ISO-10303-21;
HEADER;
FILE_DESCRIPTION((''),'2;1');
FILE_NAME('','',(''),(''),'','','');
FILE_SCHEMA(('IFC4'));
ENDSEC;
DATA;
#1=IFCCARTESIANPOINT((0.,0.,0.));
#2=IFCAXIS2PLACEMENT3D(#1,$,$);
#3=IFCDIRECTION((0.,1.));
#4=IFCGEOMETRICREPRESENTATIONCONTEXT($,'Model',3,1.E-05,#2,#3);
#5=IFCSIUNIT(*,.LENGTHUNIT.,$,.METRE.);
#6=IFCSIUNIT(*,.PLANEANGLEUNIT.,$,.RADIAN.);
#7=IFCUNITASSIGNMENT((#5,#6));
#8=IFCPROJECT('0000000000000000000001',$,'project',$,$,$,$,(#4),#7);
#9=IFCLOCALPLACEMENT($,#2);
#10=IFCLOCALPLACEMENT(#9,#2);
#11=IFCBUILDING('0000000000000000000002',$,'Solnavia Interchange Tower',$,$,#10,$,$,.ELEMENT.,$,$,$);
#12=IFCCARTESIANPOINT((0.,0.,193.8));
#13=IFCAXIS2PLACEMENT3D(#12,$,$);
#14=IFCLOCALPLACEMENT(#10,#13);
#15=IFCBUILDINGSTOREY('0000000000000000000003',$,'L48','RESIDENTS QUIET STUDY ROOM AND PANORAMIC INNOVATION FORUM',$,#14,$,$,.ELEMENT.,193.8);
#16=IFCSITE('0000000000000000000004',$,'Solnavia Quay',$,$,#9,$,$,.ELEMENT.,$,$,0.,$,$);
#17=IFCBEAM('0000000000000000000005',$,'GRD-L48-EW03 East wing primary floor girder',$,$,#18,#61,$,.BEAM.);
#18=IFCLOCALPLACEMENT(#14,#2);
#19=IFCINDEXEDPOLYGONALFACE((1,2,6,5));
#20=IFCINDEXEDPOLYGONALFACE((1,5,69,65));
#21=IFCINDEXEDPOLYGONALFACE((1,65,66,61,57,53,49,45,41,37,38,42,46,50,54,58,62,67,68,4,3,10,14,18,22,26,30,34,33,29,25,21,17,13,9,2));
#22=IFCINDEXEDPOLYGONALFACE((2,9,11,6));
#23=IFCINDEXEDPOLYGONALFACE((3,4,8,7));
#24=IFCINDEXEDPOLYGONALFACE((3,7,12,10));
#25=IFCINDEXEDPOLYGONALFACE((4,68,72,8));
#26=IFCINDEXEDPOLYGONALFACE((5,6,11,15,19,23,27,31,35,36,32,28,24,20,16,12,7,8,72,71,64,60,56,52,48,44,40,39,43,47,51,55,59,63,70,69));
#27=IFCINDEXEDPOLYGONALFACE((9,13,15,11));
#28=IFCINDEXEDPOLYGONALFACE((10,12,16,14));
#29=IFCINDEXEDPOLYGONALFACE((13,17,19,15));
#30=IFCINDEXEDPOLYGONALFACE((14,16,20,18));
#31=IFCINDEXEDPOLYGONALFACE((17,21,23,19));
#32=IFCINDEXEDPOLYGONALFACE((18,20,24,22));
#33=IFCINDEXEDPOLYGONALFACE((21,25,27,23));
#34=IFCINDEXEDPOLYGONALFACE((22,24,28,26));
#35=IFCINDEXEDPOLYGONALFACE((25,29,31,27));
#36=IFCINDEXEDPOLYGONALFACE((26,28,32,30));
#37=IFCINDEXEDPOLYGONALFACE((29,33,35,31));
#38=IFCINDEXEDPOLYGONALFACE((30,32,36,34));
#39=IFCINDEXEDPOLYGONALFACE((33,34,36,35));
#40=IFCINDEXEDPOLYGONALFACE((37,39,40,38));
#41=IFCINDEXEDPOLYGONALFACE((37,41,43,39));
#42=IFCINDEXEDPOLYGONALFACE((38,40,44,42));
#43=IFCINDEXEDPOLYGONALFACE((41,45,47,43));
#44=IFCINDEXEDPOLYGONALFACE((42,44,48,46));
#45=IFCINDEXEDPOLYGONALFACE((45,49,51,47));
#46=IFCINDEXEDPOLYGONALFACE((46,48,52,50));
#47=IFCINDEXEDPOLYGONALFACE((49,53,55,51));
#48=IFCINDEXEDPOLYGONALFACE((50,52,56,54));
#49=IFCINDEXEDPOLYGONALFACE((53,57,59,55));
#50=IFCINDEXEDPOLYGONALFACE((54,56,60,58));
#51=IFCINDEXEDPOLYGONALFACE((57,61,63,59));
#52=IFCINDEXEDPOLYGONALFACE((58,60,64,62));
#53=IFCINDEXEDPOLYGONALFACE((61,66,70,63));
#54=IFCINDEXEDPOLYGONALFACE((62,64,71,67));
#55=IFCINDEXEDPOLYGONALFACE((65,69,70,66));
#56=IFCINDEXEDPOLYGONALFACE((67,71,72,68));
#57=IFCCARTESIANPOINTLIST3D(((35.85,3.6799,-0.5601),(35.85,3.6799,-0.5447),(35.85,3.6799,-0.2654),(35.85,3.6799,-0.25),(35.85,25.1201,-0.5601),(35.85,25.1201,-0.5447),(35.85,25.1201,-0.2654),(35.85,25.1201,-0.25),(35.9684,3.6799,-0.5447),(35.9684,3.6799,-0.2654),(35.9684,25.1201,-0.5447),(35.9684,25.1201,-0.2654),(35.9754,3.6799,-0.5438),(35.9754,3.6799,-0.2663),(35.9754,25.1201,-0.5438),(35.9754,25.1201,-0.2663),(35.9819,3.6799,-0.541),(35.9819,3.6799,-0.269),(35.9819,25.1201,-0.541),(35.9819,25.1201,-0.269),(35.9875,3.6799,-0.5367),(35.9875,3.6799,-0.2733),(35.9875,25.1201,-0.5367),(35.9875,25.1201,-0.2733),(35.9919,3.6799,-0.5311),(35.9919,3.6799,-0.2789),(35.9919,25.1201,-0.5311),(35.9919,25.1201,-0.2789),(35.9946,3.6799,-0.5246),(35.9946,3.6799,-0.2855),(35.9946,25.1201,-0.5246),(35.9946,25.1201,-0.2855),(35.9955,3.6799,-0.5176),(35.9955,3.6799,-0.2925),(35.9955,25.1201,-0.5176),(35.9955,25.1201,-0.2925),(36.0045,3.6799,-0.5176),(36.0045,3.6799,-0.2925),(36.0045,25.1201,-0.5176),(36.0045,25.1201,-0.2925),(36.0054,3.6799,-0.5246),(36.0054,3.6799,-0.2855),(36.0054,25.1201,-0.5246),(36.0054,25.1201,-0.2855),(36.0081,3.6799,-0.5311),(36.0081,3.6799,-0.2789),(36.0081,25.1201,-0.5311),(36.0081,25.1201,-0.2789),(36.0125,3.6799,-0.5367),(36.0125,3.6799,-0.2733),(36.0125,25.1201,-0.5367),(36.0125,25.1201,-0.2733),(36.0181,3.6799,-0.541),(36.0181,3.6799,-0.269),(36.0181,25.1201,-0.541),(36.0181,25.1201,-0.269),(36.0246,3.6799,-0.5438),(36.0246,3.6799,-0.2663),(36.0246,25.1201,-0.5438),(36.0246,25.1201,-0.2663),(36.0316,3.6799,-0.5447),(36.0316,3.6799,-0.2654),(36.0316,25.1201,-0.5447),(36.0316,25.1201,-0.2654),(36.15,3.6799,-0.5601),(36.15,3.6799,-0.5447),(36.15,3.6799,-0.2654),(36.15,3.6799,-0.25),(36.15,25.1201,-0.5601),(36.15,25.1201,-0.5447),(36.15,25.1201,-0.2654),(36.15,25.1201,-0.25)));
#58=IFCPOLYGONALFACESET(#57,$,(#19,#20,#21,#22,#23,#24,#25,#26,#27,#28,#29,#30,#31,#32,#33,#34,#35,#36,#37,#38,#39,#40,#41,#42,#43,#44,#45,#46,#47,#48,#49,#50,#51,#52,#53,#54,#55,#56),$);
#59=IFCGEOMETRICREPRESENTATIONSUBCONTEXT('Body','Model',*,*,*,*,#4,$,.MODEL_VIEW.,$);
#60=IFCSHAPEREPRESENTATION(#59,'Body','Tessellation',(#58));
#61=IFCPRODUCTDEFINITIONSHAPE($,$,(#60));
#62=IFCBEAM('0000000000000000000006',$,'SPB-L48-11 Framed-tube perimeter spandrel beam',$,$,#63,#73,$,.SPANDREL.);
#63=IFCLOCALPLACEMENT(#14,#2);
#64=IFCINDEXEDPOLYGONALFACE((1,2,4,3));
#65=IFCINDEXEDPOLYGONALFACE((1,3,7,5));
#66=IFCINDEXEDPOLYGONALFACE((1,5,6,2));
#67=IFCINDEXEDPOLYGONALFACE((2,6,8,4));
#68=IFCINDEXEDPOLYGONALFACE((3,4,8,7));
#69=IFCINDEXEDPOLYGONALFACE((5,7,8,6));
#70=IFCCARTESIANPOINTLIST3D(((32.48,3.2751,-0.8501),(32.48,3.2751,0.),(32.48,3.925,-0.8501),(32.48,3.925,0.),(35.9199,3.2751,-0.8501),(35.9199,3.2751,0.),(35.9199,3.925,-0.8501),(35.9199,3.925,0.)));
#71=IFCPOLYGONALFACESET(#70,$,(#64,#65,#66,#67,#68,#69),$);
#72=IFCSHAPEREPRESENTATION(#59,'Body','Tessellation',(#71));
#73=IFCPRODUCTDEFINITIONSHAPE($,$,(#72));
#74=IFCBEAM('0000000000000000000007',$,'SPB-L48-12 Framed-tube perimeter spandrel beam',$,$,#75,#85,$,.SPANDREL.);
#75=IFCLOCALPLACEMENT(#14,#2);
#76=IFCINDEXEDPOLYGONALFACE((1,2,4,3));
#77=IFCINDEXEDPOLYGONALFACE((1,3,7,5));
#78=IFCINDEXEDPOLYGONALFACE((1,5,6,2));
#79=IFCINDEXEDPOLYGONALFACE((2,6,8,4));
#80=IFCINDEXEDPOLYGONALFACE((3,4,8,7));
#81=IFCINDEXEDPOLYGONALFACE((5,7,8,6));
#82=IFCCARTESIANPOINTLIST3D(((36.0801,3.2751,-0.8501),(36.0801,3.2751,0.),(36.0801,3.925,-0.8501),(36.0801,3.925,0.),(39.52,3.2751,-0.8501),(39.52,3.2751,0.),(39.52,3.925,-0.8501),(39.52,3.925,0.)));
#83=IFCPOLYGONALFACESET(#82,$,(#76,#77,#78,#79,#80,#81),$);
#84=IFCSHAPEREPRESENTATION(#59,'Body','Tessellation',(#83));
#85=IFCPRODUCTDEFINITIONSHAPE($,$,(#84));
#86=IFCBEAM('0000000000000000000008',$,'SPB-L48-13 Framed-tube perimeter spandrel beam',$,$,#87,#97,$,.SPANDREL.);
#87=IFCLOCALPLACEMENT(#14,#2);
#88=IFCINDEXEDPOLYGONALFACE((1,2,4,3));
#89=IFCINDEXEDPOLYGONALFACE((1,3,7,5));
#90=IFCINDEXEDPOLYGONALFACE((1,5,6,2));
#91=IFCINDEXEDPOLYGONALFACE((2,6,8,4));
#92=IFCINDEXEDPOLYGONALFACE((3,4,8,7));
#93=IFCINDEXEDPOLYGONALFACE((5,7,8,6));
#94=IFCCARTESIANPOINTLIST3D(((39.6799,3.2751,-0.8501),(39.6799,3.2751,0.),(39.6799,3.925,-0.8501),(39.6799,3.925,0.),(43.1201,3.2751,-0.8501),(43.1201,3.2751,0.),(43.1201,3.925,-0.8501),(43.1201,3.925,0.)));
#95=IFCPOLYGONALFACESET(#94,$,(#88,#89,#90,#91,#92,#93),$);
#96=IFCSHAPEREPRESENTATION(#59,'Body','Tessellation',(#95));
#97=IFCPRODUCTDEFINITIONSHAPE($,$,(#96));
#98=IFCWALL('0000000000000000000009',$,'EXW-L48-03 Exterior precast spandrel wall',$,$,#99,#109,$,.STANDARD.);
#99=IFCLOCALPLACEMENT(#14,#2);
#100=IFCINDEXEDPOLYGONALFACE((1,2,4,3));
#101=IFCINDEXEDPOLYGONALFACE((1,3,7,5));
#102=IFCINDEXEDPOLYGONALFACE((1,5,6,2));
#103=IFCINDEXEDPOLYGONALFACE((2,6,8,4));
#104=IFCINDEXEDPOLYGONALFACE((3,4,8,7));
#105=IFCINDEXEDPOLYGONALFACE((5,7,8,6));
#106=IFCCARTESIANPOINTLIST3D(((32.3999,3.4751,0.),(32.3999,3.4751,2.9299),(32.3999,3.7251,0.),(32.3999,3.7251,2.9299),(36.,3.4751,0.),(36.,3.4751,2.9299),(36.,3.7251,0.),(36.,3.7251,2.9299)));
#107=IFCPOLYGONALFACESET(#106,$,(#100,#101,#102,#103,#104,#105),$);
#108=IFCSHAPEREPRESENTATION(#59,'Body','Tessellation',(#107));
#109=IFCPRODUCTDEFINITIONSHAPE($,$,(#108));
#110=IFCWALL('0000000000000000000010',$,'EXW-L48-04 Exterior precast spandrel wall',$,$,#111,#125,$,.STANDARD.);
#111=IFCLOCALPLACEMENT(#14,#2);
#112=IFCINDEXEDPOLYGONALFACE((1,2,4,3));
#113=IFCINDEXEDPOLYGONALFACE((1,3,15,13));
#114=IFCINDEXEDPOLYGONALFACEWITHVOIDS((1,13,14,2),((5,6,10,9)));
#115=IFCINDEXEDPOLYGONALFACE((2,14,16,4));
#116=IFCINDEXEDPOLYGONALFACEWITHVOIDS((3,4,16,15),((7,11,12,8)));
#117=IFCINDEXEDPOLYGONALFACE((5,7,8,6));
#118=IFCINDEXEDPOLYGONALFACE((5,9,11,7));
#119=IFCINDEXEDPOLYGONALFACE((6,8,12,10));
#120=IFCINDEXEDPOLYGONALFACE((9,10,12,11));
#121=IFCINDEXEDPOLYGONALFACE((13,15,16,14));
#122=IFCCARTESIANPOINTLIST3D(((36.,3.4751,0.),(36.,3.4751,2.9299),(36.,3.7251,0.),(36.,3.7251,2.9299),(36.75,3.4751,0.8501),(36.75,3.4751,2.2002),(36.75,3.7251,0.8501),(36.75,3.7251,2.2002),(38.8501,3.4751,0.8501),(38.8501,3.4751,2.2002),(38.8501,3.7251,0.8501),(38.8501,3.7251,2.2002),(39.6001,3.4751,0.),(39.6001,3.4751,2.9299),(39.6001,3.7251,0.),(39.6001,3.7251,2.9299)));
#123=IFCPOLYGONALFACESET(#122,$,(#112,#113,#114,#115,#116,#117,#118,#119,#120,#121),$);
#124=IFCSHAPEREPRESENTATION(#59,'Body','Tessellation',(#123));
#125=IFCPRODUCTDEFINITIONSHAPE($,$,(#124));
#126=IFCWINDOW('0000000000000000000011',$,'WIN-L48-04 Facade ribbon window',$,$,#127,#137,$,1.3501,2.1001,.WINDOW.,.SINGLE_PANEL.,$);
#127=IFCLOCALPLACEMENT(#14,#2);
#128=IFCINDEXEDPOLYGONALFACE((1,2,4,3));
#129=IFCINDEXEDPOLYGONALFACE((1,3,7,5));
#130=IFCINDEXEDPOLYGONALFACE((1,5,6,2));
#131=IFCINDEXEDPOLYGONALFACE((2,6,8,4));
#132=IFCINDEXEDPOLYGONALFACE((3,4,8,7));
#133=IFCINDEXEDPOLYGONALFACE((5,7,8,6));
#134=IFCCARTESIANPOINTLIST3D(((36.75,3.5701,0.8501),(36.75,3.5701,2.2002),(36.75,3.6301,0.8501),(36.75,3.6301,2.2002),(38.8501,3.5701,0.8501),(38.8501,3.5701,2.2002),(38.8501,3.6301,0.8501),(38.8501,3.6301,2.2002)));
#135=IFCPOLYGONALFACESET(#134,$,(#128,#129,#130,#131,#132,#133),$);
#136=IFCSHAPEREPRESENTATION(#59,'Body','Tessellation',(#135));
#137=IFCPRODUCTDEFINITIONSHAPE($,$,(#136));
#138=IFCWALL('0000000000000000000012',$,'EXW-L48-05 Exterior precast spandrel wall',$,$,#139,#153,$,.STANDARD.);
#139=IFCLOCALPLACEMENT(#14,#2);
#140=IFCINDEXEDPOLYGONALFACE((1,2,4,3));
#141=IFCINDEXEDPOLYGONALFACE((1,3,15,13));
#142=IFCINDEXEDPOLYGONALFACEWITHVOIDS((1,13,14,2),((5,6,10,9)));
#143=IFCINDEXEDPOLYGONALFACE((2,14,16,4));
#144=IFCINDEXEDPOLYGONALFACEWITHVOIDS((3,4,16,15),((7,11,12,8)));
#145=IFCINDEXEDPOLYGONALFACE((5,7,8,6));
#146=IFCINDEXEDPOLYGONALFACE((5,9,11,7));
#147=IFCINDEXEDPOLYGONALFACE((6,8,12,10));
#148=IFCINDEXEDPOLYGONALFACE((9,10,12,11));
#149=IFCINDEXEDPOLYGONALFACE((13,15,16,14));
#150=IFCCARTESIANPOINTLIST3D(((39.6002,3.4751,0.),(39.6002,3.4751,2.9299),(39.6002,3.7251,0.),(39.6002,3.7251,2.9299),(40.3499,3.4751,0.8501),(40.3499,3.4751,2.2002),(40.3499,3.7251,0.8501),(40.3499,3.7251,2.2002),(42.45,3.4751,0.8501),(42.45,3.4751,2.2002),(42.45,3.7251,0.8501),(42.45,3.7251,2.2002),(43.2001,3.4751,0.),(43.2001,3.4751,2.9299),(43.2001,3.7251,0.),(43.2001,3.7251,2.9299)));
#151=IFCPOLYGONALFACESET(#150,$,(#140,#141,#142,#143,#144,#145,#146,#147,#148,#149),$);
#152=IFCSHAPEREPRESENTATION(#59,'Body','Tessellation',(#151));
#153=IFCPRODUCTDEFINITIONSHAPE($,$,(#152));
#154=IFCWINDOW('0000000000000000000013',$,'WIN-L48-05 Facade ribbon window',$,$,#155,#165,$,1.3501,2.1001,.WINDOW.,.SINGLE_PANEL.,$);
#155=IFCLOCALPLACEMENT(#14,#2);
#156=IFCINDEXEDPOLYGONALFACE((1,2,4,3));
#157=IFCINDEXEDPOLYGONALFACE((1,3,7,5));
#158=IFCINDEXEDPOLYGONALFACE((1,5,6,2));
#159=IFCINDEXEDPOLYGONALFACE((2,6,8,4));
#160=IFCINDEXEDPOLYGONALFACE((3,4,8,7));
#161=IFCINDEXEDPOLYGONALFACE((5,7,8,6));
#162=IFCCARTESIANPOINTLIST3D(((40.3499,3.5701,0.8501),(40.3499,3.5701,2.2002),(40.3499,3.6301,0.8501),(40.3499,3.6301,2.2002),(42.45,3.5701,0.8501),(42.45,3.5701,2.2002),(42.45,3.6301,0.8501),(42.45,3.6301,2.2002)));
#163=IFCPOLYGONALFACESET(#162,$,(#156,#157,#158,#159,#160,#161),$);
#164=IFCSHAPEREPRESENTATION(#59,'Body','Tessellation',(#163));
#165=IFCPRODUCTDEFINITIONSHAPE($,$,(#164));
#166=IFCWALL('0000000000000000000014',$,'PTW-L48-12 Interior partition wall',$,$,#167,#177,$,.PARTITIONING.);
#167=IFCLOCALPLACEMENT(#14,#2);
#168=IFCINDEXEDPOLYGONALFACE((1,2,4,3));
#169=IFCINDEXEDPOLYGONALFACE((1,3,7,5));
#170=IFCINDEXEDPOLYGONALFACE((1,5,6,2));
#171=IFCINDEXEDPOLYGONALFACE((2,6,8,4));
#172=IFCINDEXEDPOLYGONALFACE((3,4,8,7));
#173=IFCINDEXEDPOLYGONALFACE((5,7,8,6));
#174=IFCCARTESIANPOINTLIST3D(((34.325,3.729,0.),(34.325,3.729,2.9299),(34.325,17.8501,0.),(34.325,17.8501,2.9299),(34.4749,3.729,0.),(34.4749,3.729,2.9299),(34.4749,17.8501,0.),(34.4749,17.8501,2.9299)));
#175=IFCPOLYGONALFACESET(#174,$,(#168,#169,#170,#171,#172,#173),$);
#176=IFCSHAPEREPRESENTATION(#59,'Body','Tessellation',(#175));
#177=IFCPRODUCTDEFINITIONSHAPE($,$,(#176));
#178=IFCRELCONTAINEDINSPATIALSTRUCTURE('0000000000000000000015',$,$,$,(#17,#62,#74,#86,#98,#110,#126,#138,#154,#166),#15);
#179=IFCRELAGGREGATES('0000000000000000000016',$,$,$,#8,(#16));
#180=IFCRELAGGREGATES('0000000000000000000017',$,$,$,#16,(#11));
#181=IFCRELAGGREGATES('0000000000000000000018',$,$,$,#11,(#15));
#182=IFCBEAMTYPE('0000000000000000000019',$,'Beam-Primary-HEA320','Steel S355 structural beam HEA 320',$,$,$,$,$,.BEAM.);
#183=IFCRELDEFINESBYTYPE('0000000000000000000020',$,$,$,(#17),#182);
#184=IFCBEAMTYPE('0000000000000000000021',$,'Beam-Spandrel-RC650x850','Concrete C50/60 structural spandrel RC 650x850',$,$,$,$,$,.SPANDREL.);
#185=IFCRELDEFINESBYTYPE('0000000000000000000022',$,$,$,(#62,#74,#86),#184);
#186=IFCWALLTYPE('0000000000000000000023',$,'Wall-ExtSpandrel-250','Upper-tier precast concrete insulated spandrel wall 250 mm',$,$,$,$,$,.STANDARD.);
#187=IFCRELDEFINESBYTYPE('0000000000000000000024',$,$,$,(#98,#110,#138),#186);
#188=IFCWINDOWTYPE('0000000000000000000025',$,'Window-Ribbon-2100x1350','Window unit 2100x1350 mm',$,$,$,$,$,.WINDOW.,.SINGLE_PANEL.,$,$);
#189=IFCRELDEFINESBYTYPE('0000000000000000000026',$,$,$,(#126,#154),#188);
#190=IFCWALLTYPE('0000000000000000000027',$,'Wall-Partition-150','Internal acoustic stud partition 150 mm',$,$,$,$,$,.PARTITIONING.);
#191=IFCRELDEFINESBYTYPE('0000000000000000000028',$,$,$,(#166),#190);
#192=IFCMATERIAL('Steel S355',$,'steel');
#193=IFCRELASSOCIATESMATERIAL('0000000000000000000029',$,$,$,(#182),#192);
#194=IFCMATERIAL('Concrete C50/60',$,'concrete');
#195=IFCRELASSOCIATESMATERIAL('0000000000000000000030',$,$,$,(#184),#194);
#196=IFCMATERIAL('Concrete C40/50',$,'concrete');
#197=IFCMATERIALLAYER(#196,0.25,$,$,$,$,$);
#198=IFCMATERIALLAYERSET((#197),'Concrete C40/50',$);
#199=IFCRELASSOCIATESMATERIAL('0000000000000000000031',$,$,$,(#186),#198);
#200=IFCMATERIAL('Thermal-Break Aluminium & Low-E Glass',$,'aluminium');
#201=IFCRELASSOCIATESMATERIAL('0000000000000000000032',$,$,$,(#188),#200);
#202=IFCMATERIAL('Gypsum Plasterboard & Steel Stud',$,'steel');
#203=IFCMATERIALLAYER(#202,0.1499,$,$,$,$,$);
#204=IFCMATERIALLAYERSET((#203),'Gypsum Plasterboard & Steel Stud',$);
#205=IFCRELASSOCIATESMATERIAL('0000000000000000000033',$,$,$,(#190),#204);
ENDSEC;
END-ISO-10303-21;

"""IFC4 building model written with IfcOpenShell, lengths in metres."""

from ifc_helpers import new_model, si_unit, direction, frame, frame_2d, origin, origin_2d, place, context, subcontext, project, spatial, rectangle, i_section, extrude, material, layer, layer_set, material_profile, profile_set, type_object, element, fill, save


model = new_model("IFC4")

# Units and contexts
model_context = context("Model", 3, precision=1e-05, world=origin(), true_north=direction((0.0, 1.0)))
body_context = subcontext(model_context, "Body", "Model", "MODEL_VIEW")
ifc_project = project(units=[si_unit("LENGTHUNIT", "METRE"), si_unit("PLANEANGLEUNIT", "RADIAN")], contexts=[model_context])

# Site, building, storey
site_placement = place(None, origin())
site = spatial("IfcSite", under=ifc_project, at=site_placement, Name="Solnavia Quay", CompositionType="ELEMENT", RefElevation=0.0)
building_placement = place(site_placement, origin())
building = spatial("IfcBuilding", under=site, at=building_placement, Name="Solnavia Interchange Tower", CompositionType="ELEMENT")
storey_placement = place(building_placement, frame((0.0, 0.0, 193.8)))
storey = spatial("IfcBuildingStorey", under=building, at=storey_placement, Name="L48", Description="RESIDENTS QUIET STUDY ROOM AND PANORAMIC INNOVATION FORUM", CompositionType="ELEMENT", Elevation=193.8)

# Shared definitions
ifc_material_1 = material(Name="Concrete C50/60", Category="concrete")
ifc_material_2 = material(Name="Steel S355", Category="steel")

# Beams
ifc_material_profile_1 = material_profile(ifc_material_2, i_section(OverallWidth=0.3, OverallDepth=0.3101, WebThickness=0.009, FlangeThickness=0.0154, FilletRadius=0.0271, at=origin_2d()), Name="HEA 320")
ifc_profile_set_1 = profile_set([ifc_material_profile_1], Name="Steel S355")
beam_type_1 = type_object("IfcBeamType", Name="Beam-Primary-HEA320", Description="Steel S355 structural beam HEA 320", PredefinedType="BEAM", material=ifc_profile_set_1)
beam_1_placement = place(storey_placement, frame((36.0, 3.6799, -0.405), z_axis=(0.0, 1.0, 0.0), x_axis=(-1.0, 0.0, 0.0)))
element("IfcBeam", 1, at=beam_1_placement, inside=storey, type_object=beam_type_1, Name="GRD-L48-EW03 East wing primary floor girder", PredefinedType="BEAM", context=body_context, shape_type="SweptSolid", body=[
    extrude(i_section(OverallWidth=0.3, OverallDepth=0.3101, WebThickness=0.009, FlangeThickness=0.0154, FilletRadius=0.0271, at=origin_2d()), origin(), (0.0, 0.0, 1.0), 21.4402),
])
ifc_material_profile_2 = material_profile(ifc_material_1, rectangle(XDim=0.6499, YDim=0.8501, at=origin_2d()), Name="RC 650x850")
ifc_profile_set_2 = profile_set([ifc_material_profile_2], Name="Concrete C50/60")
beam_type_2 = type_object("IfcBeamType", Name="Beam-Spandrel-RC650x850", Description="Concrete C50/60 structural spandrel RC 650x850", PredefinedType="SPANDREL", material=ifc_profile_set_2)
for number, where, z_axis, x_axis, name in (
    (2, (32.48, 3.6001, -0.425), (1.0, 0.0, 0.0), (0.0, 1.0, 0.0), "SPB-L48-11 Framed-tube perimeter spandrel beam"),
    (3, (36.0801, 3.6001, -0.425), (1.0, 0.0, 0.0), (0.0, 1.0, 0.0), "SPB-L48-12 Framed-tube perimeter spandrel beam"),
):
    element("IfcBeam", number, at=place(storey_placement, frame(where, z_axis=z_axis, x_axis=x_axis)), inside=storey, type_object=beam_type_2, Name=name, PredefinedType="SPANDREL", context=body_context, shape_type="SweptSolid", body=[
        extrude(rectangle(XDim=0.6499, YDim=0.8501, at=origin_2d()), origin(), (0.0, 0.0, 1.0), 3.4399),
    ])
beam_2_placement = place(storey_placement, frame((39.6799, 3.6001, -0.425), z_axis=(1.0, 0.0, 0.0), x_axis=(0.0, 1.0, 0.0)))
element("IfcBeam", 4, at=beam_2_placement, inside=storey, type_object=beam_type_2, Name="SPB-L48-13 Framed-tube perimeter spandrel beam", PredefinedType="SPANDREL", context=body_context, shape_type="SweptSolid", body=[
    extrude(rectangle(XDim=0.6499, YDim=0.8501, at=origin_2d()), origin(), (0.0, 0.0, 1.0), 3.4402),
])

# Wall
ifc_material_3 = material(Name="Concrete C40/50", Category="concrete")
ifc_layer_1 = layer(ifc_material_3, 0.25)
ifc_layer_set_1 = layer_set([ifc_layer_1], Name="Concrete C40/50")
wall_type_1 = type_object("IfcWallType", Name="Wall-ExtSpandrel-250", Description="Upper-tier precast concrete insulated spandrel wall 250 mm", PredefinedType="STANDARD", material=ifc_layer_set_1)
wall_1_placement = place(storey_placement, frame((36.0, 3.6001, 0.0), z_axis=(0.0, 0.0, 1.0), x_axis=(-1.0, 0.0, 0.0)))
element("IfcWall", 5, at=wall_1_placement, inside=storey, type_object=wall_type_1, Name="EXW-L48-03 Exterior precast spandrel wall", PredefinedType="STANDARD", context=body_context, shape_type="SweptSolid", body=[
    extrude(rectangle(XDim=3.6001, YDim=0.25, at=frame_2d((1.8, 0.0))), origin(), (0.0, 0.0, 1.0), 2.9299),
])

# Walls, openings, windows
wall_2_placement = place(storey_placement, frame((39.6001, 3.6001, 0.0), z_axis=(0.0, 0.0, 1.0), x_axis=(-1.0, 0.0, 0.0)))
wall_2 = element("IfcWall", 6, at=wall_2_placement, inside=storey, type_object=wall_type_1, Name="EXW-L48-04 Exterior precast spandrel wall", PredefinedType="STANDARD", context=body_context, shape_type="SweptSolid", body=[
    extrude(rectangle(XDim=3.6001, YDim=0.25, at=frame_2d((1.8, 0.0))), origin(), (0.0, 0.0, 1.0), 2.9299),
])
opening_1_placement = place(wall_2_placement, frame((0.75, 0.0, 0.8501)))
opening_1 = element("IfcOpeningElement", 7, at=opening_1_placement, cuts=wall_2, PredefinedType="OPENING", context=body_context, shape_type="SweptSolid", body=[
    extrude(rectangle(XDim=2.1001, YDim=1.3501, at=frame_2d((1.05, 0.675))), frame((0.0, 0.135, 0.0), z_axis=(0.0, -1.0, 0.0), x_axis=(1.0, 0.0, 0.0)), (0.0, 0.0, 1.0), 0.27),
])
ifc_material_4 = material(Name="Thermal-Break Aluminium & Low-E Glass", Category="aluminium")
window_type = type_object("IfcWindowType", Name="Window-Ribbon-2100x1350", Description="Window unit 2100x1350 mm", PartitioningType="SINGLE_PANEL", PredefinedType="WINDOW", material=ifc_material_4)
window_1_placement = place(opening_1_placement, origin())
window_1 = element("IfcWindow", 8, at=window_1_placement, inside=storey, type_object=window_type, Name="WIN-L48-04 Facade ribbon window", OverallHeight=1.3501, OverallWidth=2.1001, PartitioningType="SINGLE_PANEL", PredefinedType="WINDOW", context=body_context, shape_type="SweptSolid", body=[
    extrude(rectangle(XDim=2.1001, YDim=1.3501, at=frame_2d((1.05, 0.675))), frame((0.0, 0.03, 0.0), z_axis=(0.0, -1.0, 0.0), x_axis=(1.0, 0.0, 0.0)), (0.0, 0.0, 1.0), 0.0601),
])
fill(opening_1, window_1)
wall_3_placement = place(storey_placement, frame((43.2, 3.6001, 0.0), z_axis=(0.0, 0.0, 1.0), x_axis=(-1.0, 0.0, 0.0)))
wall_3 = element("IfcWall", 9, at=wall_3_placement, inside=storey, type_object=wall_type_1, Name="EXW-L48-05 Exterior precast spandrel wall", PredefinedType="STANDARD", context=body_context, shape_type="SweptSolid", body=[
    extrude(rectangle(XDim=3.5999, YDim=0.25, at=frame_2d((1.7998, 0.0))), origin(), (0.0, 0.0, 1.0), 2.9299),
])
opening_2_placement = place(wall_3_placement, frame((0.75, 0.0, 0.8501)))
opening_2 = element("IfcOpeningElement", 10, at=opening_2_placement, cuts=wall_3, PredefinedType="OPENING", context=body_context, shape_type="SweptSolid", body=[
    extrude(rectangle(XDim=2.1001, YDim=1.3501, at=frame_2d((1.05, 0.675))), frame((0.0, 0.135, 0.0), z_axis=(0.0, -1.0, 0.0), x_axis=(1.0, 0.0, 0.0)), (0.0, 0.0, 1.0), 0.27),
])
window_2_placement = place(opening_2_placement, origin())
window_2 = element("IfcWindow", 11, at=window_2_placement, inside=storey, type_object=window_type, Name="WIN-L48-05 Facade ribbon window", OverallHeight=1.3501, OverallWidth=2.1001, PartitioningType="SINGLE_PANEL", PredefinedType="WINDOW", context=body_context, shape_type="SweptSolid", body=[
    extrude(rectangle(XDim=2.1001, YDim=1.3501, at=frame_2d((1.05, 0.675))), frame((0.0, 0.03, 0.0), z_axis=(0.0, -1.0, 0.0), x_axis=(1.0, 0.0, 0.0)), (0.0, 0.0, 1.0), 0.0601),
])
fill(opening_2, window_2)

# Wall
ifc_material_5 = material(Name="Gypsum Plasterboard & Steel Stud", Category="steel")
ifc_layer_2 = layer(ifc_material_5, 0.1499)
ifc_layer_set_2 = layer_set([ifc_layer_2], Name="Gypsum Plasterboard & Steel Stud")
wall_type_2 = type_object("IfcWallType", Name="Wall-Partition-150", Description="Internal acoustic stud partition 150 mm", PredefinedType="PARTITIONING", material=ifc_layer_set_2)
wall_4_placement = place(storey_placement, frame((34.3999, 3.729, 0.0), z_axis=(0.0, 0.0, 1.0), x_axis=(0.0, 1.0, 0.0)))
element("IfcWall", 12, at=wall_4_placement, inside=storey, type_object=wall_type_2, Name="PTW-L48-12 Interior partition wall", PredefinedType="PARTITIONING", context=body_context, shape_type="SweptSolid", body=[
    extrude(rectangle(XDim=14.1211, YDim=0.1499, at=frame_2d((7.0605, 0.0))), origin(), (0.0, 0.0, 1.0), 2.9299),
])

save(model, "model.ifc")
